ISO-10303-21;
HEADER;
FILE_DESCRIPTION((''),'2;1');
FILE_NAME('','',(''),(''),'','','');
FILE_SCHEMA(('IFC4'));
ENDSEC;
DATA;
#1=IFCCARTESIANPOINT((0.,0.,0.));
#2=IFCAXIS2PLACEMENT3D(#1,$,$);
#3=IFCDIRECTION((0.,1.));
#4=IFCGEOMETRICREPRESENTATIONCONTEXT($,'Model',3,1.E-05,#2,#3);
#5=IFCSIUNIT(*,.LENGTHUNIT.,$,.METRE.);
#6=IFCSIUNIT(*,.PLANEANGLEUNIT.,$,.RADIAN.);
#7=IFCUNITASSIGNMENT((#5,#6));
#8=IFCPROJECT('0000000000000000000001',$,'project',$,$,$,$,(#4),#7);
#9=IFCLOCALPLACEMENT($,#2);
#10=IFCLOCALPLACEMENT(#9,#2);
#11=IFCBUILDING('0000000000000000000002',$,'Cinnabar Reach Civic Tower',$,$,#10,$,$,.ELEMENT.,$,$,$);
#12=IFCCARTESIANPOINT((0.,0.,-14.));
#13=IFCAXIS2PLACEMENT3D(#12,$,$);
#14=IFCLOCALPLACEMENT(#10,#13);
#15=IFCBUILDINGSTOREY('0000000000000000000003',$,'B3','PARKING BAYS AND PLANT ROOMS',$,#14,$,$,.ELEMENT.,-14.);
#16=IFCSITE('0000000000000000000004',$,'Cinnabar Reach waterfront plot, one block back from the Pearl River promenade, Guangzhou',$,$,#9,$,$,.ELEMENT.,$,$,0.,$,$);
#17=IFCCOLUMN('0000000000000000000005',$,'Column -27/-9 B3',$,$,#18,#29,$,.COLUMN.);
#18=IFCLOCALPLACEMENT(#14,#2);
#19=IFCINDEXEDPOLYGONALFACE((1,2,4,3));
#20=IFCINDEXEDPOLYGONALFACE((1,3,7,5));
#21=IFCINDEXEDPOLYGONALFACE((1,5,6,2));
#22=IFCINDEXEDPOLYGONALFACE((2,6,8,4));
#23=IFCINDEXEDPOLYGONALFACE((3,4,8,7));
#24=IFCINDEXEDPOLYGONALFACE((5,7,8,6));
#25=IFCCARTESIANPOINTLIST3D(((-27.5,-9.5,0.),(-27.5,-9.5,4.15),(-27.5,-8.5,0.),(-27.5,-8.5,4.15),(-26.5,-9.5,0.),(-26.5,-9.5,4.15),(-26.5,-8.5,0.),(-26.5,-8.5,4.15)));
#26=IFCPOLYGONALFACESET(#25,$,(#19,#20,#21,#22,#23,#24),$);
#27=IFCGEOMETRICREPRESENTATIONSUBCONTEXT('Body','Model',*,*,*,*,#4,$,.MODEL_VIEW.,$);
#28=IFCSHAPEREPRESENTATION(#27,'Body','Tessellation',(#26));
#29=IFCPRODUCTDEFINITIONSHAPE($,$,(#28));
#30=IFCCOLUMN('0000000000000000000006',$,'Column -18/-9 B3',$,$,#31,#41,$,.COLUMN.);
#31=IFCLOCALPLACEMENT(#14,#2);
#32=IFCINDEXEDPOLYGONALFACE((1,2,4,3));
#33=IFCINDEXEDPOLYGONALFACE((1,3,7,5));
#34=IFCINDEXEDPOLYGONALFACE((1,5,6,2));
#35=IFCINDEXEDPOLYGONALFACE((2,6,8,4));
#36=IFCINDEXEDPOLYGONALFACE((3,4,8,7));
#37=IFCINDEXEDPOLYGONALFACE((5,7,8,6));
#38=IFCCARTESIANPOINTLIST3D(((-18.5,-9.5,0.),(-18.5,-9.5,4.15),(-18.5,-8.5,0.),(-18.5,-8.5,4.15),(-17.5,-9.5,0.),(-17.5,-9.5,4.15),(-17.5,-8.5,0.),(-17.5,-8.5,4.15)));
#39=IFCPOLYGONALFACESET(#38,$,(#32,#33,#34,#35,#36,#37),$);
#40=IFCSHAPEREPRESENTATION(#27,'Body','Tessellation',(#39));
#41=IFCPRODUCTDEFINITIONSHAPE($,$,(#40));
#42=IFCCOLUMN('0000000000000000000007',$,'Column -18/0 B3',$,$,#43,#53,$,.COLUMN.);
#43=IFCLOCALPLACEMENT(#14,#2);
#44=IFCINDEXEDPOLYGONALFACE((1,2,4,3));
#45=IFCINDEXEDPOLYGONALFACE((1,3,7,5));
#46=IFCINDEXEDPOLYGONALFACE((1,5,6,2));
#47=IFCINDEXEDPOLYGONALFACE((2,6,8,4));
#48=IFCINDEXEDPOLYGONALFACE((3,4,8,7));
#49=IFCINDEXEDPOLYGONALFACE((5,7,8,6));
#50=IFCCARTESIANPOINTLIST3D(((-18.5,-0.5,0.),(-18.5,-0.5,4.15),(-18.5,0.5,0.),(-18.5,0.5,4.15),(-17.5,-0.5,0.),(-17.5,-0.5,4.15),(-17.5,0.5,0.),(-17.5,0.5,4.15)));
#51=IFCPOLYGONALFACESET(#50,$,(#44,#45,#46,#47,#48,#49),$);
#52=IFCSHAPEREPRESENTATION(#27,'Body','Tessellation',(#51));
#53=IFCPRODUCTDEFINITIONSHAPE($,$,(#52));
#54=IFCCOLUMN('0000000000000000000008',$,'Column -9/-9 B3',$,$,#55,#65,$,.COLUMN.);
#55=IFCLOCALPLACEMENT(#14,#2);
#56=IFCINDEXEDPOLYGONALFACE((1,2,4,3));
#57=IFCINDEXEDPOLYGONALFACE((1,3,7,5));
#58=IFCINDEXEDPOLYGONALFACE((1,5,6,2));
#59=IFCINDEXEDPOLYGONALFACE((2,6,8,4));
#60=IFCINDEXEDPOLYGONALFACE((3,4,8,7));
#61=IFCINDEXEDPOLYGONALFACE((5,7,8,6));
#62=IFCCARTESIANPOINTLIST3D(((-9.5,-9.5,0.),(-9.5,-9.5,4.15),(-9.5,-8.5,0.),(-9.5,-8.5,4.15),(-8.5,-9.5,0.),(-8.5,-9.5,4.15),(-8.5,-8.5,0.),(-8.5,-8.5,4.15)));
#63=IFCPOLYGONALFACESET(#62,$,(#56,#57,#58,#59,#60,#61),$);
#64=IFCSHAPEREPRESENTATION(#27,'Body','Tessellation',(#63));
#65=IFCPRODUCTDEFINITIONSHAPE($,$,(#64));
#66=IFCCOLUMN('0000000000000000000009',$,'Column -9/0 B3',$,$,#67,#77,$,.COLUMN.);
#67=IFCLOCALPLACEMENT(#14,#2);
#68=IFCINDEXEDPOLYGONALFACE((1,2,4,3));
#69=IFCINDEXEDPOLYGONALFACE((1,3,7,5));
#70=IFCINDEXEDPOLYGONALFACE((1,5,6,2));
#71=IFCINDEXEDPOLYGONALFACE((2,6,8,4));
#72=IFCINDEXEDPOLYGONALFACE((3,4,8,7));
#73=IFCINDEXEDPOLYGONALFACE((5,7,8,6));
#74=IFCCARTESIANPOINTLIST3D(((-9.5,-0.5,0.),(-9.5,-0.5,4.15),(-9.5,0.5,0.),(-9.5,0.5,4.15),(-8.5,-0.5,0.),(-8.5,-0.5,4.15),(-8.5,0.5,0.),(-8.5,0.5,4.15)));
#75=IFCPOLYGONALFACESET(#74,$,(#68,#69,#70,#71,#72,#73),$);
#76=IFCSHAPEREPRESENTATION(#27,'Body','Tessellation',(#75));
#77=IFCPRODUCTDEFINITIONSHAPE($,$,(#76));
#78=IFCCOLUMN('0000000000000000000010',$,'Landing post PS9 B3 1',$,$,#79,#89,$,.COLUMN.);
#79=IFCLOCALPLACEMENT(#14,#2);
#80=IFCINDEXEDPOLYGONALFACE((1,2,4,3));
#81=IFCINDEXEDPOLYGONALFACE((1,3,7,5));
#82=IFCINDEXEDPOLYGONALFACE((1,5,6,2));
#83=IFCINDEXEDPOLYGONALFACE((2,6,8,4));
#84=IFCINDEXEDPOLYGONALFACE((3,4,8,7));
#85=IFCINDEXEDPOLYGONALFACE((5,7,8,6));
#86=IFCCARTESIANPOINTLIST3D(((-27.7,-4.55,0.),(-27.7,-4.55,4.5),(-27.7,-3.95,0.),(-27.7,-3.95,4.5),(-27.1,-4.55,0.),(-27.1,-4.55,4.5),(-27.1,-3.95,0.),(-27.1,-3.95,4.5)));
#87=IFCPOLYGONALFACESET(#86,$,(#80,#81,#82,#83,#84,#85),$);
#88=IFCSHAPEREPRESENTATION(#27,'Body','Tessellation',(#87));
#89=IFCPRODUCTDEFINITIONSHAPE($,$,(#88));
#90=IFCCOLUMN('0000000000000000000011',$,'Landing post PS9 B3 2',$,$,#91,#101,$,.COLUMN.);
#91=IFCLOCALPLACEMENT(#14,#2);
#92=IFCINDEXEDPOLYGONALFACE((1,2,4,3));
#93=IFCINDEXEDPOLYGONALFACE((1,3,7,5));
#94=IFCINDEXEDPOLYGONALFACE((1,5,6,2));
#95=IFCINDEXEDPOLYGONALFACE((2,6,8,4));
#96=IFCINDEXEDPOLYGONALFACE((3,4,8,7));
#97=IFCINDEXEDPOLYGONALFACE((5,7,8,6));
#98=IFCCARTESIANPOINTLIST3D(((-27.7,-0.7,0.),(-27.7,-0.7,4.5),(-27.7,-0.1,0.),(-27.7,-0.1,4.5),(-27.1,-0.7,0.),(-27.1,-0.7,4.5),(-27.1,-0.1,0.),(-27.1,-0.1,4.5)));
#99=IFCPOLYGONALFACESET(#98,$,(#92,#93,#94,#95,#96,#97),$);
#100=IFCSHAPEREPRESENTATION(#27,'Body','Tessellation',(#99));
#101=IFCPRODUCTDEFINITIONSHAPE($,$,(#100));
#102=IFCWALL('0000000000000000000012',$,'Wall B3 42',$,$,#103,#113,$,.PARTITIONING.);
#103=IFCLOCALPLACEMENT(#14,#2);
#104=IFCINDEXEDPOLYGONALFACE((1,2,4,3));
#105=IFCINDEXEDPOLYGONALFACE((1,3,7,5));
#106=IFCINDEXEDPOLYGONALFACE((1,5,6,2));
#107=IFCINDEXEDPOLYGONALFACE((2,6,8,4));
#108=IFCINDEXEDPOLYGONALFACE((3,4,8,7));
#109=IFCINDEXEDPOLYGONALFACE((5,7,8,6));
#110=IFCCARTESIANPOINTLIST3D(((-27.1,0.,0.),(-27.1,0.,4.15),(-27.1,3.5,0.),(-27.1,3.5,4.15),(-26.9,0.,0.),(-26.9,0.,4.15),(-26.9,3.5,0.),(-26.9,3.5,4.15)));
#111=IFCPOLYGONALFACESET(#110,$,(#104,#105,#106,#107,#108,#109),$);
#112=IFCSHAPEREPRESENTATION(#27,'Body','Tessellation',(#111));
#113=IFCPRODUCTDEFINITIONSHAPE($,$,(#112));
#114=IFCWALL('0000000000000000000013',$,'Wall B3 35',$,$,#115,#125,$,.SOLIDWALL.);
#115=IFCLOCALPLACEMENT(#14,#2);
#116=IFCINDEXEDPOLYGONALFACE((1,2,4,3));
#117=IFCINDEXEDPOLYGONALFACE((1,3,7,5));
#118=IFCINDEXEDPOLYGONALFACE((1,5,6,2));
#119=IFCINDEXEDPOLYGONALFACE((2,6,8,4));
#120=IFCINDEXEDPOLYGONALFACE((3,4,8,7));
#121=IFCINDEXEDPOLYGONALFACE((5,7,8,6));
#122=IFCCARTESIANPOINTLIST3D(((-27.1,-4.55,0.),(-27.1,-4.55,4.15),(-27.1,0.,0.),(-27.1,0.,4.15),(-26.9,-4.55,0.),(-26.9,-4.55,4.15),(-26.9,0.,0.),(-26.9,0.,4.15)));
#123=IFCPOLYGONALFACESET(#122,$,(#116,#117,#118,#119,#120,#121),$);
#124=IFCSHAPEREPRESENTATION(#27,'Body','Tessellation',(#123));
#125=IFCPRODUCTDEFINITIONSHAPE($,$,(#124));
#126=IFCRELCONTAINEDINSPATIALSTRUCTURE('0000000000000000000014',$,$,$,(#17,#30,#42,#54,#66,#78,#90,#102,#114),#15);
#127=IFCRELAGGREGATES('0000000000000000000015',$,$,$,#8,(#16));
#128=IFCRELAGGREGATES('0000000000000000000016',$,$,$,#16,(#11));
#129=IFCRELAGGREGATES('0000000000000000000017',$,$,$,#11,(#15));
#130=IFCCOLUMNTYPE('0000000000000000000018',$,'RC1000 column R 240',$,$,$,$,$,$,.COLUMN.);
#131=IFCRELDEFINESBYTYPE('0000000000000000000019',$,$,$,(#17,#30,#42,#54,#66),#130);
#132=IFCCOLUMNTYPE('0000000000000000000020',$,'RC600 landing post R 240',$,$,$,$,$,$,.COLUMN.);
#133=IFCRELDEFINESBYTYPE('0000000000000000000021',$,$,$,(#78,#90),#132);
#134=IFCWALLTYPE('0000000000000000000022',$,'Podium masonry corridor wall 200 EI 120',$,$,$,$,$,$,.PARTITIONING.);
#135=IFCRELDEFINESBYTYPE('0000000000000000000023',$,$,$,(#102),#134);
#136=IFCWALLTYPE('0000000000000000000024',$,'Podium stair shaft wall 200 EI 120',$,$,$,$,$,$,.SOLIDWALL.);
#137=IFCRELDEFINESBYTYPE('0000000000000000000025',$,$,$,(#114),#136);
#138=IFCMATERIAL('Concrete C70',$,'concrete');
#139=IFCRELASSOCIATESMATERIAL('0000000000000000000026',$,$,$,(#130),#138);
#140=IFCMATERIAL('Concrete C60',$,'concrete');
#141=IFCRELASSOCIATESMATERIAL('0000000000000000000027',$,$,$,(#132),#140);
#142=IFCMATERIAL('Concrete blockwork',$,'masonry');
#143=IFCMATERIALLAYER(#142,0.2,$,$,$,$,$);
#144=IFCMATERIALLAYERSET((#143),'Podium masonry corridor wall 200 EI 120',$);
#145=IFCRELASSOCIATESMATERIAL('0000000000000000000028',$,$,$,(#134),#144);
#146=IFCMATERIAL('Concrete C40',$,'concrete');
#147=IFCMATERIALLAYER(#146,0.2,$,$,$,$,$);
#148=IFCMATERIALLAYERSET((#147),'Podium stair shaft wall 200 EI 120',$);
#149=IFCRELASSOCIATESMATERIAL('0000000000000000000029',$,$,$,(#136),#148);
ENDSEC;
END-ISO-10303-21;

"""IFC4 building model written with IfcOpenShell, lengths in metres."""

from ifc_helpers import new_model, si_unit, direction, frame, frame_2d, origin, origin_2d, place, context, subcontext, project, spatial, rectangle, extrude, material, layer, layer_set, material_profile, profile_set, type_object, element, save


model = new_model("IFC4")

# Units and contexts
model_context = context("Model", 3, precision=1e-05, world=origin(), true_north=direction((0.0, 1.0)))
body_context = subcontext(model_context, "Body", "Model", "MODEL_VIEW")
ifc_project = project(units=[si_unit("LENGTHUNIT", "METRE"), si_unit("PLANEANGLEUNIT", "RADIAN")], contexts=[model_context])

# Site, building, storey
site_placement = place(None, origin())
site = spatial("IfcSite", under=ifc_project, at=site_placement, Name="Cinnabar Reach waterfront plot, one block back from the Pearl River promenade, Guangzhou", CompositionType="ELEMENT", RefElevation=0.0)
building_placement = place(site_placement, origin())
building = spatial("IfcBuilding", under=site, at=building_placement, Name="Cinnabar Reach Civic Tower", CompositionType="ELEMENT")
storey_placement = place(building_placement, frame((0.0, 0.0, -14.0)))
storey = spatial("IfcBuildingStorey", under=building, at=storey_placement, Name="B3", Description="PARKING BAYS AND PLANT ROOMS", CompositionType="ELEMENT", Elevation=-14.0)

# Shared definitions
ifc_material_1 = material(Name="Concrete C40", Category="concrete")

# Columns
ifc_material_2 = material(Name="Concrete C70", Category="concrete")
ifc_material_profile_1 = material_profile(ifc_material_2, rectangle(XDim=1.0, YDim=1.0, at=origin_2d()), Name="RC1000")
ifc_profile_set_1 = profile_set([ifc_material_profile_1], Name="Concrete C70")
column_type_1 = type_object("IfcColumnType", Name="RC1000 column R 240", PredefinedType="COLUMN", material=ifc_profile_set_1)
for number, where, z_axis, x_axis, name in (
    (1, (-27.0, -9.0, 0.0), (0.0, 0.0, 1.0), (1.0, 0.0, 0.0), "Column -27/-9 B3"),
    (2, (-18.0, -9.0, 0.0), (0.0, 0.0, 1.0), (1.0, 0.0, 0.0), "Column -18/-9 B3"),
    (3, (-18.0, 0.0, 0.0), (0.0, 0.0, 1.0), (1.0, 0.0, 0.0), "Column -18/0 B3"),
    (4, (-9.0, -9.0, 0.0), (0.0, 0.0, 1.0), (1.0, 0.0, 0.0), "Column -9/-9 B3"),
    (5, (-9.0, 0.0, 0.0), (0.0, 0.0, 1.0), (1.0, 0.0, 0.0), "Column -9/0 B3"),
):
    element("IfcColumn", number, at=place(storey_placement, frame(where, z_axis=z_axis, x_axis=x_axis)), inside=storey, type_object=column_type_1, Name=name, PredefinedType="COLUMN", context=body_context, shape_type="SweptSolid", body=[
        extrude(rectangle(XDim=1.0, YDim=1.0, at=origin_2d()), origin(), (0.0, 0.0, 1.0), 4.15),
    ])
ifc_material_3 = material(Name="Concrete C60", Category="concrete")
ifc_material_profile_2 = material_profile(ifc_material_3, rectangle(XDim=0.6, YDim=0.6, at=origin_2d()), Name="RC600")
ifc_profile_set_2 = profile_set([ifc_material_profile_2], Name="Concrete C60")
column_type_2 = type_object("IfcColumnType", Name="RC600 landing post R 240", PredefinedType="COLUMN", material=ifc_profile_set_2)
for number, where, z_axis, x_axis, name in (
    (6, (-27.4, -4.25, 0.0), (0.0, 0.0, 1.0), (1.0, 0.0, 0.0), "Landing post PS9 B3 1"),
    (7, (-27.4, -0.4, 0.0), (0.0, 0.0, 1.0), (1.0, 0.0, 0.0), "Landing post PS9 B3 2"),
):
    element("IfcColumn", number, at=place(storey_placement, frame(where, z_axis=z_axis, x_axis=x_axis)), inside=storey, type_object=column_type_2, Name=name, PredefinedType="COLUMN", context=body_context, shape_type="SweptSolid", body=[
        extrude(rectangle(XDim=0.6, YDim=0.6, at=origin_2d()), origin(), (0.0, 0.0, 1.0), 4.5),
    ])

# Walls
ifc_material_4 = material(Name="Concrete blockwork", Category="masonry")
ifc_layer_1 = layer(ifc_material_4, 0.2)
ifc_layer_set_1 = layer_set([ifc_layer_1], Name="Podium masonry corridor wall 200 EI 120")
wall_type_1 = type_object("IfcWallType", Name="Podium masonry corridor wall 200 EI 120", PredefinedType="PARTITIONING", material=ifc_layer_set_1)
wall_1_placement = place(storey_placement, frame((-27.0, 0.0, 0.0), z_axis=(0.0, 0.0, 1.0), x_axis=(0.0, 1.0, 0.0)))
element("IfcWall", 8, at=wall_1_placement, inside=storey, type_object=wall_type_1, Name="Wall B3 42", PredefinedType="PARTITIONING", context=body_context, shape_type="SweptSolid", body=[
    extrude(rectangle(XDim=3.5, YDim=0.2, at=frame_2d((1.75, 0.0))), origin(), (0.0, 0.0, 1.0), 4.15),
])
ifc_layer_2 = layer(ifc_material_1, 0.2)
ifc_layer_set_2 = layer_set([ifc_layer_2], Name="Podium stair shaft wall 200 EI 120")
wall_type_2 = type_object("IfcWallType", Name="Podium stair shaft wall 200 EI 120", PredefinedType="SOLIDWALL", material=ifc_layer_set_2)
wall_2_placement = place(storey_placement, frame((-27.0, -4.55, 0.0), z_axis=(0.0, 0.0, 1.0), x_axis=(0.0, 1.0, 0.0)))
element("IfcWall", 9, at=wall_2_placement, inside=storey, type_object=wall_type_2, Name="Wall B3 35", PredefinedType="SOLIDWALL", context=body_context, shape_type="SweptSolid", body=[
    extrude(rectangle(XDim=4.55, YDim=0.2, at=frame_2d((2.275, 0.0))), origin(), (0.0, 0.0, 1.0), 4.15),
])

save(model, "model.ifc")
